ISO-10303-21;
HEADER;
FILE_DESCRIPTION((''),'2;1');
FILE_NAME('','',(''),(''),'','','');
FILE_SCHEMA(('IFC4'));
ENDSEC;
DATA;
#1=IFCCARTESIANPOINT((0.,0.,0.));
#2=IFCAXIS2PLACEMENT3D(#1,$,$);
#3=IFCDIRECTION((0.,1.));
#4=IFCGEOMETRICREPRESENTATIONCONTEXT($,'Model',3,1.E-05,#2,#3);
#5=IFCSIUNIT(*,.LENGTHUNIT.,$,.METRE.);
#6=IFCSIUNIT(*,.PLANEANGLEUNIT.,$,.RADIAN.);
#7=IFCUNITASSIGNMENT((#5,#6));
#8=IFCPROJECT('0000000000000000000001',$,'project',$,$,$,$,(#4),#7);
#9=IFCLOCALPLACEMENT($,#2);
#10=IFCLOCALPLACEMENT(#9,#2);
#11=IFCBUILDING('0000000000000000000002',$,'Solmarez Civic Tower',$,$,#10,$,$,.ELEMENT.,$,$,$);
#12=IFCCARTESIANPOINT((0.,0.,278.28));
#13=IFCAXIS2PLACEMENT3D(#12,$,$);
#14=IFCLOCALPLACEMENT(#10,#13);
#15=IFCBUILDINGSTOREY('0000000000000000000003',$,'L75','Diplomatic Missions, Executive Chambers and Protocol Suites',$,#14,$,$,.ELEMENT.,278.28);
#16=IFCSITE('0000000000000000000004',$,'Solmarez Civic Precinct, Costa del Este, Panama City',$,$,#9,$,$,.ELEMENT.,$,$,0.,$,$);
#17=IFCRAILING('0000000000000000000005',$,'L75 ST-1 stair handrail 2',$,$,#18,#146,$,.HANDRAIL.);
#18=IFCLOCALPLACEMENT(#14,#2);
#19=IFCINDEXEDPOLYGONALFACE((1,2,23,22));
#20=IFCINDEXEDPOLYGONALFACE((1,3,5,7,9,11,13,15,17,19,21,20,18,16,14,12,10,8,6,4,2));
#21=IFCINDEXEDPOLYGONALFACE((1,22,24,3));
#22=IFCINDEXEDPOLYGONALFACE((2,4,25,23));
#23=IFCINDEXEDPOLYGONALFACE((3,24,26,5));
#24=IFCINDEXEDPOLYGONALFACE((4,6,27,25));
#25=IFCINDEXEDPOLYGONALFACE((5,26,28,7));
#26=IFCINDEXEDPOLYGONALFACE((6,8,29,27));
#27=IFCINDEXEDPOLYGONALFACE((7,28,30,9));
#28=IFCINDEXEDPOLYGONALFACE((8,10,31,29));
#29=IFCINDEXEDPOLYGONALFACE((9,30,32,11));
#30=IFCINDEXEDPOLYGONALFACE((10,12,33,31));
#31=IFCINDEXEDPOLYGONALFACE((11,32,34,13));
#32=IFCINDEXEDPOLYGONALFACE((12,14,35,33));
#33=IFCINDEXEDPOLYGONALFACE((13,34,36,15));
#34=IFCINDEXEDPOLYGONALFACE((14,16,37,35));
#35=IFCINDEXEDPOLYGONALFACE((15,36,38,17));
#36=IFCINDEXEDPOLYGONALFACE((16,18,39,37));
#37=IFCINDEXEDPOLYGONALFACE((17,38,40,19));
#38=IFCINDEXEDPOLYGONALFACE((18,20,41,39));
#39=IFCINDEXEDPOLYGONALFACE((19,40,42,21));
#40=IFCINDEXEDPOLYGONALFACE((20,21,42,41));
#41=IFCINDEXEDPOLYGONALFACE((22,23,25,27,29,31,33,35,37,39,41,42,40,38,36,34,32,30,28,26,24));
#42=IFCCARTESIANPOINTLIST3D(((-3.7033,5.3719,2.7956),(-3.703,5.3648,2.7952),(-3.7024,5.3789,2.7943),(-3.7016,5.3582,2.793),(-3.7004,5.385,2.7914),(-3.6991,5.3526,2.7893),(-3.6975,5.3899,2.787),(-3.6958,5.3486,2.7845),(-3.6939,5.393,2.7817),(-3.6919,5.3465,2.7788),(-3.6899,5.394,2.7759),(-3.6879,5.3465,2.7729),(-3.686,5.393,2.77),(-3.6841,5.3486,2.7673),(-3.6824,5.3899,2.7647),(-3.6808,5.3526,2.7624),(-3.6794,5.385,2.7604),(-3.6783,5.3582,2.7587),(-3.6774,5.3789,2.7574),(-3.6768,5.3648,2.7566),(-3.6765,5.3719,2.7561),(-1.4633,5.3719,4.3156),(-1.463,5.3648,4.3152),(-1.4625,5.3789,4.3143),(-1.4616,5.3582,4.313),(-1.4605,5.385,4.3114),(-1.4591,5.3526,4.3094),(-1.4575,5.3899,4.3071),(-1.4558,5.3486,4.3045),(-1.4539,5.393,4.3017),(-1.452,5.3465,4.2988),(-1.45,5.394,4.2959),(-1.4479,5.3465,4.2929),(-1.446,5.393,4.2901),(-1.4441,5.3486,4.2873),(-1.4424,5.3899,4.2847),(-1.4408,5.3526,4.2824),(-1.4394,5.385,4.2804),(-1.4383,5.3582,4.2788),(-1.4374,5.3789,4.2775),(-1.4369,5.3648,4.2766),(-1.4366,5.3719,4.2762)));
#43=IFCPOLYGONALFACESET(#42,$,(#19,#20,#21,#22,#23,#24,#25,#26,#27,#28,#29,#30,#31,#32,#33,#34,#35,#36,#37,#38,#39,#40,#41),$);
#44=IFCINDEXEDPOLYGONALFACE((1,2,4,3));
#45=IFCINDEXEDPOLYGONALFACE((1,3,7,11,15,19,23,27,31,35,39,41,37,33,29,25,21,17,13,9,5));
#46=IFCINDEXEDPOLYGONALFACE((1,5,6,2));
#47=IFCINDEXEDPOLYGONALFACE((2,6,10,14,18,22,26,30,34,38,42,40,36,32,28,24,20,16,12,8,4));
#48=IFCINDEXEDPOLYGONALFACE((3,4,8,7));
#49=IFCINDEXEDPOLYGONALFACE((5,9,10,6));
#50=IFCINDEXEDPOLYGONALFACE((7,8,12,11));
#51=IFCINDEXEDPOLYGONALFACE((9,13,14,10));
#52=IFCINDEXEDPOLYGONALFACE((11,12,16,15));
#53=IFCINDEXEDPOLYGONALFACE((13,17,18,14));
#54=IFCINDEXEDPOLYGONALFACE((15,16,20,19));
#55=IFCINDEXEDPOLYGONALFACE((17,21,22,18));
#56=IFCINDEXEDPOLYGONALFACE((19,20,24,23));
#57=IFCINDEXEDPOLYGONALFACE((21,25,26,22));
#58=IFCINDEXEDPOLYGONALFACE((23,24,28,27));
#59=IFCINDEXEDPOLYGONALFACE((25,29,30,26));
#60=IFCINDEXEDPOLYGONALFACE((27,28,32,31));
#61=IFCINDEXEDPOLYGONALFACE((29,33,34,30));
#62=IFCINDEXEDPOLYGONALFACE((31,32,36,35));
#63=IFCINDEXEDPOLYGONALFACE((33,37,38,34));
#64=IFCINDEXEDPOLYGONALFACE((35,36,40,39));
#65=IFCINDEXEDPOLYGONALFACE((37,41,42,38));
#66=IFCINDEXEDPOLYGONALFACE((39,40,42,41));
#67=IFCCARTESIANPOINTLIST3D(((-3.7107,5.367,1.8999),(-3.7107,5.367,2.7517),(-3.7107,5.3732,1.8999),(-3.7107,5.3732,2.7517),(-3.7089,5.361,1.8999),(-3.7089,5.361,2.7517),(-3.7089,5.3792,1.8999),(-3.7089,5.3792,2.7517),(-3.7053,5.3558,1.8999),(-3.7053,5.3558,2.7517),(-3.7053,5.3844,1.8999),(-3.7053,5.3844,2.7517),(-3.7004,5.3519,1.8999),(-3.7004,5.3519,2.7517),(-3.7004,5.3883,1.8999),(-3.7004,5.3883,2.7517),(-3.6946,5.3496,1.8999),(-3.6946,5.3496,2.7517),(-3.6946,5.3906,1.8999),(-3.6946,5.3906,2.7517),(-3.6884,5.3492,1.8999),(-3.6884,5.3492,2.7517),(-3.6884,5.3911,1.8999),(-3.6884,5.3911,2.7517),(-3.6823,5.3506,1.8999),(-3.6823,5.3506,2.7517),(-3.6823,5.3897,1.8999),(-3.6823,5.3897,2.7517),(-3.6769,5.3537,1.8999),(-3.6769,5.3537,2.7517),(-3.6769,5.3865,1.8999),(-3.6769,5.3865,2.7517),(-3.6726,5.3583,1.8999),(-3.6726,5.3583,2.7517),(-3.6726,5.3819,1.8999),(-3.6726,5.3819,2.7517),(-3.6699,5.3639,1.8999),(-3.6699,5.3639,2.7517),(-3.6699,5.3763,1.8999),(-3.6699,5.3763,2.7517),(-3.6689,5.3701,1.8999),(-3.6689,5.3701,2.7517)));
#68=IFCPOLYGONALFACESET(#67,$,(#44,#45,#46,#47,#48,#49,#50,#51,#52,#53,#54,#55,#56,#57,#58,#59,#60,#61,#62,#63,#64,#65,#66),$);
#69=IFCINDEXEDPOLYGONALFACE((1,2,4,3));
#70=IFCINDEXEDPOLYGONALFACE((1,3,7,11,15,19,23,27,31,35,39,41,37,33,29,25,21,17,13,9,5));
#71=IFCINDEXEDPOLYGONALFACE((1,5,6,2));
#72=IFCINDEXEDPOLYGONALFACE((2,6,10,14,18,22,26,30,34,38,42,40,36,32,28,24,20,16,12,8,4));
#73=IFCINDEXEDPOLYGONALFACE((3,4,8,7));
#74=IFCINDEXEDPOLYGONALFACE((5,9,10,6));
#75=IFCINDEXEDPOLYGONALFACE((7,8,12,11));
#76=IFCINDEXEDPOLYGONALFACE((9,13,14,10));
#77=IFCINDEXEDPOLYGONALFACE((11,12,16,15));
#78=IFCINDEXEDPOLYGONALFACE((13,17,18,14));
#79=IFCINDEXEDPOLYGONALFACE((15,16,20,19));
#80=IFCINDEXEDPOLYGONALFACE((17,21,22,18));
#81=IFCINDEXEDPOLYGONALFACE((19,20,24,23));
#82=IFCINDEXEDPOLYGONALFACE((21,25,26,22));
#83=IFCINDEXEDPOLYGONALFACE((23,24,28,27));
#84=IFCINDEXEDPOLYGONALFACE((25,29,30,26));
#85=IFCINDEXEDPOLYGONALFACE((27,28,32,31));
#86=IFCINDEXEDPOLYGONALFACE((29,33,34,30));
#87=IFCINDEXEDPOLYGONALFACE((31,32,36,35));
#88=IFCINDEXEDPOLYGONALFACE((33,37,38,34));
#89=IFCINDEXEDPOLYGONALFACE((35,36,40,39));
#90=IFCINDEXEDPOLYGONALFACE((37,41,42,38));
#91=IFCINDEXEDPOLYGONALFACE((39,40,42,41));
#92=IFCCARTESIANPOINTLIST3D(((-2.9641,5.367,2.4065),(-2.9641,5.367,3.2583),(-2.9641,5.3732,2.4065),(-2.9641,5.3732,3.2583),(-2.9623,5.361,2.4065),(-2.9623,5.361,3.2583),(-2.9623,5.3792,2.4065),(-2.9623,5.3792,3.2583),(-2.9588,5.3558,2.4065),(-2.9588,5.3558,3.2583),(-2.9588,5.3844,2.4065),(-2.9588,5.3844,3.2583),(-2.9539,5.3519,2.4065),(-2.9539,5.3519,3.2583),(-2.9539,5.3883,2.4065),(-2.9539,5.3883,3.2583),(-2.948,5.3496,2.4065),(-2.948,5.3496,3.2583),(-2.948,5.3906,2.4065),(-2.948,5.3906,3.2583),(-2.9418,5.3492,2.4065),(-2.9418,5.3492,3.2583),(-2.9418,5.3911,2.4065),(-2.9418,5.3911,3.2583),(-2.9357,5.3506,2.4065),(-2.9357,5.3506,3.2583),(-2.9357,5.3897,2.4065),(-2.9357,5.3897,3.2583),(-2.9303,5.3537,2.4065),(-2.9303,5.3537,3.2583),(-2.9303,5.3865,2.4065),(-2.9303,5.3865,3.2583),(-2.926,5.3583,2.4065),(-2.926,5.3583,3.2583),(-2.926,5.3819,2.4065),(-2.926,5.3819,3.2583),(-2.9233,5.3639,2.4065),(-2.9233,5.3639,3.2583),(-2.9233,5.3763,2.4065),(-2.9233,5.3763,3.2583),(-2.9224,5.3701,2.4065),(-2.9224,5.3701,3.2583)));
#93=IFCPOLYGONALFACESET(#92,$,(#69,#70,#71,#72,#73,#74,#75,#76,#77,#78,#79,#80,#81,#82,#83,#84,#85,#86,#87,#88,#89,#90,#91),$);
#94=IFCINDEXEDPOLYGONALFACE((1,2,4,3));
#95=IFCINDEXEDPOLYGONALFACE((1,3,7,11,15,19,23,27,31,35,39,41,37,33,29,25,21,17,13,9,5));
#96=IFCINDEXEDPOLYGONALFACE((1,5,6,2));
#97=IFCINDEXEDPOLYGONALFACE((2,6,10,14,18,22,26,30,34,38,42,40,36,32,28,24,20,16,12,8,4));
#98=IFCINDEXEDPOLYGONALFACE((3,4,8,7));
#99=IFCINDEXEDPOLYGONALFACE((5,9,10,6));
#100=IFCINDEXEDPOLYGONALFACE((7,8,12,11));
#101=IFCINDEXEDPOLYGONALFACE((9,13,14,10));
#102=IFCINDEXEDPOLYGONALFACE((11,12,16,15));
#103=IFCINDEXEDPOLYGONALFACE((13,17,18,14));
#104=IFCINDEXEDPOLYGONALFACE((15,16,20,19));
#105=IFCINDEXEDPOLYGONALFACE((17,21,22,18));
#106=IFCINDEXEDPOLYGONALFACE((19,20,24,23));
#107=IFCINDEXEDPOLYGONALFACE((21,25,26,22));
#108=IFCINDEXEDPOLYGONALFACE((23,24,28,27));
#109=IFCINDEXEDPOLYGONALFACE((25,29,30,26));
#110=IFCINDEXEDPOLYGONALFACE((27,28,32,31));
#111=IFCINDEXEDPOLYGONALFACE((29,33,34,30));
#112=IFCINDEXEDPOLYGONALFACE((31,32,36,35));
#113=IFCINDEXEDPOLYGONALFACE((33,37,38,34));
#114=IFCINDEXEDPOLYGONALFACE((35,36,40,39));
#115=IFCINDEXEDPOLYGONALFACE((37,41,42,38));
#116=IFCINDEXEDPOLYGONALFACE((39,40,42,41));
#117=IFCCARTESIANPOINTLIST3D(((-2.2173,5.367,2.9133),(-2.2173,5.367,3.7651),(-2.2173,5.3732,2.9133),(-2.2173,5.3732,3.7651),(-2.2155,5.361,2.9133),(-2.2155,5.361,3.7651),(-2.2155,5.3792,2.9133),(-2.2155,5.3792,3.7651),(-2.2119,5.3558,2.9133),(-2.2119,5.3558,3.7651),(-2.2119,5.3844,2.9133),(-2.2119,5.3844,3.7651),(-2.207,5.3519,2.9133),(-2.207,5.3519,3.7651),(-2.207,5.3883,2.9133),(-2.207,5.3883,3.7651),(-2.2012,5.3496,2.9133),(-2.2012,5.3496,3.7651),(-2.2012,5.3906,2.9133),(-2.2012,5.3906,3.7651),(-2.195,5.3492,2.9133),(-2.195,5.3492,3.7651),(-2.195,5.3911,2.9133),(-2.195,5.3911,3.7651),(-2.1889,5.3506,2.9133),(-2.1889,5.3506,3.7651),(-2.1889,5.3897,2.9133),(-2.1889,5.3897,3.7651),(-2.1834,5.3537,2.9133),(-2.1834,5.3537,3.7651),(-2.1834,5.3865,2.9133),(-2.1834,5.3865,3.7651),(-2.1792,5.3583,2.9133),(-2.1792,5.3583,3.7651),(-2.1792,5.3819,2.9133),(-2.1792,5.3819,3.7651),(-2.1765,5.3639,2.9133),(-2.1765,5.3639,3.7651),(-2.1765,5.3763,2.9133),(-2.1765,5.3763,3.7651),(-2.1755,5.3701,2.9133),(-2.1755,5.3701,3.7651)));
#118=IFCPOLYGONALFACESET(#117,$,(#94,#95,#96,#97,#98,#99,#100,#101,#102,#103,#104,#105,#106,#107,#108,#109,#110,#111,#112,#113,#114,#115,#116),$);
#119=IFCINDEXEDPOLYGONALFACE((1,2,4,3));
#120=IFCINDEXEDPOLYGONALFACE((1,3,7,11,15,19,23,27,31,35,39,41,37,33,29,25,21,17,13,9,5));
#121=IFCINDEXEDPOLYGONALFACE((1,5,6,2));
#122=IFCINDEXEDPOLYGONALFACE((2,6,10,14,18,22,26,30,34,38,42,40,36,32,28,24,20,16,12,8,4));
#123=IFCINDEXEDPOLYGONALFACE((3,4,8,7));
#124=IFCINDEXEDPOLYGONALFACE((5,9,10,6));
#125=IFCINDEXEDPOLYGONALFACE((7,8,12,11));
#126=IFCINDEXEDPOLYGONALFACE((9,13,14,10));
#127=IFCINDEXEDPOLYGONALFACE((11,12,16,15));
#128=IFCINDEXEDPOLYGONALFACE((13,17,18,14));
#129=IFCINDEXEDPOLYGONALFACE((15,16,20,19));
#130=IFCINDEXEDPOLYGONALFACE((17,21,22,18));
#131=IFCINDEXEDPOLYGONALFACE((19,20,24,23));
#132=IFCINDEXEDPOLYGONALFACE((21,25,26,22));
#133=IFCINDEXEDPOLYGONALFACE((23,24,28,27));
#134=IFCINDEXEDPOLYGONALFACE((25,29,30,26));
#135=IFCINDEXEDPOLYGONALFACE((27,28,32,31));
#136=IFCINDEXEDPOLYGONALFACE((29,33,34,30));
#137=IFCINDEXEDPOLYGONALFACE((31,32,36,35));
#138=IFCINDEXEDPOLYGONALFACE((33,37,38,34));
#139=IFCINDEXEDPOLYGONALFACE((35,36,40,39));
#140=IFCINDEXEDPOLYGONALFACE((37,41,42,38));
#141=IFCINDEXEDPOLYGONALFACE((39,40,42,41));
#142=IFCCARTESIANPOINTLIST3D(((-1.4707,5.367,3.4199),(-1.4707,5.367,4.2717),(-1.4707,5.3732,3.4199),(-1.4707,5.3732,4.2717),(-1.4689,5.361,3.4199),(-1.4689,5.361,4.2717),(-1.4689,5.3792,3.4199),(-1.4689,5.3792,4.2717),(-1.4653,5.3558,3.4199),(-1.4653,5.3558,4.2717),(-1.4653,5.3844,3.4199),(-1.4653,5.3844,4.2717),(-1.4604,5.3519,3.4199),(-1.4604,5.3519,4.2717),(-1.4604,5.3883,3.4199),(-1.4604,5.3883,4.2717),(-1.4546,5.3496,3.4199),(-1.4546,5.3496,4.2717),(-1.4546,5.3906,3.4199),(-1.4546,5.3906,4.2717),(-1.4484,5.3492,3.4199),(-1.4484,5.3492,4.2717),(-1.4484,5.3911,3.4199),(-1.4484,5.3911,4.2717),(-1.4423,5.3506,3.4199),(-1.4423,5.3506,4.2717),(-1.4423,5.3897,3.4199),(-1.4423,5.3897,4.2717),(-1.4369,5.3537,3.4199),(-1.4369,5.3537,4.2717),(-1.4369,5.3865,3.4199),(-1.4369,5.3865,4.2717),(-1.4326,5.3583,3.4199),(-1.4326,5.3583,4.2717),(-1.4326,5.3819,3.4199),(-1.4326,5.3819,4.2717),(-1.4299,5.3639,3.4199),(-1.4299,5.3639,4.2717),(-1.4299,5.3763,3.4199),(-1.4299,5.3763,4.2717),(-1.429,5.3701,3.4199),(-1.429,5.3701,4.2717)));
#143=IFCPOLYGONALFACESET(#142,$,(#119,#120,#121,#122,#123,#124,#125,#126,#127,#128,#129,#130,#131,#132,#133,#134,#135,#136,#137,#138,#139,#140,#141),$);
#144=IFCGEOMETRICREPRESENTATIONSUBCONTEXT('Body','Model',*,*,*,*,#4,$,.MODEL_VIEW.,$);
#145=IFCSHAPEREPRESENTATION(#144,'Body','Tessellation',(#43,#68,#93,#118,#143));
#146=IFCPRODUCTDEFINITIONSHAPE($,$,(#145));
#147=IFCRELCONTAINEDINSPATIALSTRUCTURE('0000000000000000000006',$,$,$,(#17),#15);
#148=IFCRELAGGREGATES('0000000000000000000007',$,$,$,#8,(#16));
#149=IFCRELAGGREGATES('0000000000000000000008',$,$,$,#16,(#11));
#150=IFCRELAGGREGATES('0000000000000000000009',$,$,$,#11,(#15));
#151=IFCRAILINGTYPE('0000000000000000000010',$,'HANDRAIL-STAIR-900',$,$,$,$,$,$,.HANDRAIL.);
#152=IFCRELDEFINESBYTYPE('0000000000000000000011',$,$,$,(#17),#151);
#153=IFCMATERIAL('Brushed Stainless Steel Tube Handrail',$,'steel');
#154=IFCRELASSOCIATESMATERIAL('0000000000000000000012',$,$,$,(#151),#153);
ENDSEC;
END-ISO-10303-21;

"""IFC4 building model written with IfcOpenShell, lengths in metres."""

from ifc_helpers import new_model, si_unit, direction, frame, origin, origin_2d, place, context, subcontext, project, spatial, circle, extrude, material, type_object, element, save


model = new_model("IFC4")

# Units and contexts
model_context = context("Model", 3, precision=1e-05, world=origin(), true_north=direction((0.0, 1.0)))
body_context = subcontext(model_context, "Body", "Model", "MODEL_VIEW")
ifc_project = project(units=[si_unit("LENGTHUNIT", "METRE"), si_unit("PLANEANGLEUNIT", "RADIAN")], contexts=[model_context])

# Site, building, storey
site_placement = place(None, origin())
site = spatial("IfcSite", under=ifc_project, at=site_placement, Name="Solmarez Civic Precinct, Costa del Este, Panama City", CompositionType="ELEMENT", RefElevation=0.0)
building_placement = place(site_placement, origin())
building = spatial("IfcBuilding", under=site, at=building_placement, Name="Solmarez Civic Tower", CompositionType="ELEMENT")
storey_placement = place(building_placement, frame((0.0, 0.0, 278.28)))
storey = spatial("IfcBuildingStorey", under=building, at=storey_placement, Name="L75", Description="Diplomatic Missions, Executive Chambers and Protocol Suites", CompositionType="ELEMENT", Elevation=278.28)

# Railing
ifc_material_1 = material(Name="Brushed Stainless Steel Tube Handrail", Category="steel")
railing_type_1 = type_object("IfcRailingType", Name="HANDRAIL-STAIR-900", PredefinedType="HANDRAIL", material=ifc_material_1)
railing_1_placement = place(storey_placement, frame((-3.6899, 5.3701, 1.8999)))
element("IfcRailing", 1, at=railing_1_placement, inside=storey, type_object=railing_type_1, Name="L75 ST-1 stair handrail 2", PredefinedType="HANDRAIL", context=body_context, shape_type="SweptSolid", body=[
    extrude(circle(Radius=0.0239, at=origin_2d()), frame((0.0, 0.0, 0.876), z_axis=(0.827471, 0.0, 0.561508), x_axis=(0.0, 1.0, 0.0)), (0.0, 0.0, 1.0), 2.707),
    extrude(circle(Radius=0.021, at=origin_2d()), origin(), (0.0, 0.0, 1.0), 0.8518),
    extrude(circle(Radius=0.021, at=origin_2d()), frame((0.7466, 0.0, 0.5066)), (0.0, 0.0, 1.0), 0.8518),
    extrude(circle(Radius=0.021, at=origin_2d()), frame((1.4934, 0.0, 1.0134)), (0.0, 0.0, 1.0), 0.8518),
    extrude(circle(Radius=0.021, at=origin_2d()), frame((2.24, 0.0, 1.52)), (0.0, 0.0, 1.0), 0.8518),
])

save(model, "model.ifc")
